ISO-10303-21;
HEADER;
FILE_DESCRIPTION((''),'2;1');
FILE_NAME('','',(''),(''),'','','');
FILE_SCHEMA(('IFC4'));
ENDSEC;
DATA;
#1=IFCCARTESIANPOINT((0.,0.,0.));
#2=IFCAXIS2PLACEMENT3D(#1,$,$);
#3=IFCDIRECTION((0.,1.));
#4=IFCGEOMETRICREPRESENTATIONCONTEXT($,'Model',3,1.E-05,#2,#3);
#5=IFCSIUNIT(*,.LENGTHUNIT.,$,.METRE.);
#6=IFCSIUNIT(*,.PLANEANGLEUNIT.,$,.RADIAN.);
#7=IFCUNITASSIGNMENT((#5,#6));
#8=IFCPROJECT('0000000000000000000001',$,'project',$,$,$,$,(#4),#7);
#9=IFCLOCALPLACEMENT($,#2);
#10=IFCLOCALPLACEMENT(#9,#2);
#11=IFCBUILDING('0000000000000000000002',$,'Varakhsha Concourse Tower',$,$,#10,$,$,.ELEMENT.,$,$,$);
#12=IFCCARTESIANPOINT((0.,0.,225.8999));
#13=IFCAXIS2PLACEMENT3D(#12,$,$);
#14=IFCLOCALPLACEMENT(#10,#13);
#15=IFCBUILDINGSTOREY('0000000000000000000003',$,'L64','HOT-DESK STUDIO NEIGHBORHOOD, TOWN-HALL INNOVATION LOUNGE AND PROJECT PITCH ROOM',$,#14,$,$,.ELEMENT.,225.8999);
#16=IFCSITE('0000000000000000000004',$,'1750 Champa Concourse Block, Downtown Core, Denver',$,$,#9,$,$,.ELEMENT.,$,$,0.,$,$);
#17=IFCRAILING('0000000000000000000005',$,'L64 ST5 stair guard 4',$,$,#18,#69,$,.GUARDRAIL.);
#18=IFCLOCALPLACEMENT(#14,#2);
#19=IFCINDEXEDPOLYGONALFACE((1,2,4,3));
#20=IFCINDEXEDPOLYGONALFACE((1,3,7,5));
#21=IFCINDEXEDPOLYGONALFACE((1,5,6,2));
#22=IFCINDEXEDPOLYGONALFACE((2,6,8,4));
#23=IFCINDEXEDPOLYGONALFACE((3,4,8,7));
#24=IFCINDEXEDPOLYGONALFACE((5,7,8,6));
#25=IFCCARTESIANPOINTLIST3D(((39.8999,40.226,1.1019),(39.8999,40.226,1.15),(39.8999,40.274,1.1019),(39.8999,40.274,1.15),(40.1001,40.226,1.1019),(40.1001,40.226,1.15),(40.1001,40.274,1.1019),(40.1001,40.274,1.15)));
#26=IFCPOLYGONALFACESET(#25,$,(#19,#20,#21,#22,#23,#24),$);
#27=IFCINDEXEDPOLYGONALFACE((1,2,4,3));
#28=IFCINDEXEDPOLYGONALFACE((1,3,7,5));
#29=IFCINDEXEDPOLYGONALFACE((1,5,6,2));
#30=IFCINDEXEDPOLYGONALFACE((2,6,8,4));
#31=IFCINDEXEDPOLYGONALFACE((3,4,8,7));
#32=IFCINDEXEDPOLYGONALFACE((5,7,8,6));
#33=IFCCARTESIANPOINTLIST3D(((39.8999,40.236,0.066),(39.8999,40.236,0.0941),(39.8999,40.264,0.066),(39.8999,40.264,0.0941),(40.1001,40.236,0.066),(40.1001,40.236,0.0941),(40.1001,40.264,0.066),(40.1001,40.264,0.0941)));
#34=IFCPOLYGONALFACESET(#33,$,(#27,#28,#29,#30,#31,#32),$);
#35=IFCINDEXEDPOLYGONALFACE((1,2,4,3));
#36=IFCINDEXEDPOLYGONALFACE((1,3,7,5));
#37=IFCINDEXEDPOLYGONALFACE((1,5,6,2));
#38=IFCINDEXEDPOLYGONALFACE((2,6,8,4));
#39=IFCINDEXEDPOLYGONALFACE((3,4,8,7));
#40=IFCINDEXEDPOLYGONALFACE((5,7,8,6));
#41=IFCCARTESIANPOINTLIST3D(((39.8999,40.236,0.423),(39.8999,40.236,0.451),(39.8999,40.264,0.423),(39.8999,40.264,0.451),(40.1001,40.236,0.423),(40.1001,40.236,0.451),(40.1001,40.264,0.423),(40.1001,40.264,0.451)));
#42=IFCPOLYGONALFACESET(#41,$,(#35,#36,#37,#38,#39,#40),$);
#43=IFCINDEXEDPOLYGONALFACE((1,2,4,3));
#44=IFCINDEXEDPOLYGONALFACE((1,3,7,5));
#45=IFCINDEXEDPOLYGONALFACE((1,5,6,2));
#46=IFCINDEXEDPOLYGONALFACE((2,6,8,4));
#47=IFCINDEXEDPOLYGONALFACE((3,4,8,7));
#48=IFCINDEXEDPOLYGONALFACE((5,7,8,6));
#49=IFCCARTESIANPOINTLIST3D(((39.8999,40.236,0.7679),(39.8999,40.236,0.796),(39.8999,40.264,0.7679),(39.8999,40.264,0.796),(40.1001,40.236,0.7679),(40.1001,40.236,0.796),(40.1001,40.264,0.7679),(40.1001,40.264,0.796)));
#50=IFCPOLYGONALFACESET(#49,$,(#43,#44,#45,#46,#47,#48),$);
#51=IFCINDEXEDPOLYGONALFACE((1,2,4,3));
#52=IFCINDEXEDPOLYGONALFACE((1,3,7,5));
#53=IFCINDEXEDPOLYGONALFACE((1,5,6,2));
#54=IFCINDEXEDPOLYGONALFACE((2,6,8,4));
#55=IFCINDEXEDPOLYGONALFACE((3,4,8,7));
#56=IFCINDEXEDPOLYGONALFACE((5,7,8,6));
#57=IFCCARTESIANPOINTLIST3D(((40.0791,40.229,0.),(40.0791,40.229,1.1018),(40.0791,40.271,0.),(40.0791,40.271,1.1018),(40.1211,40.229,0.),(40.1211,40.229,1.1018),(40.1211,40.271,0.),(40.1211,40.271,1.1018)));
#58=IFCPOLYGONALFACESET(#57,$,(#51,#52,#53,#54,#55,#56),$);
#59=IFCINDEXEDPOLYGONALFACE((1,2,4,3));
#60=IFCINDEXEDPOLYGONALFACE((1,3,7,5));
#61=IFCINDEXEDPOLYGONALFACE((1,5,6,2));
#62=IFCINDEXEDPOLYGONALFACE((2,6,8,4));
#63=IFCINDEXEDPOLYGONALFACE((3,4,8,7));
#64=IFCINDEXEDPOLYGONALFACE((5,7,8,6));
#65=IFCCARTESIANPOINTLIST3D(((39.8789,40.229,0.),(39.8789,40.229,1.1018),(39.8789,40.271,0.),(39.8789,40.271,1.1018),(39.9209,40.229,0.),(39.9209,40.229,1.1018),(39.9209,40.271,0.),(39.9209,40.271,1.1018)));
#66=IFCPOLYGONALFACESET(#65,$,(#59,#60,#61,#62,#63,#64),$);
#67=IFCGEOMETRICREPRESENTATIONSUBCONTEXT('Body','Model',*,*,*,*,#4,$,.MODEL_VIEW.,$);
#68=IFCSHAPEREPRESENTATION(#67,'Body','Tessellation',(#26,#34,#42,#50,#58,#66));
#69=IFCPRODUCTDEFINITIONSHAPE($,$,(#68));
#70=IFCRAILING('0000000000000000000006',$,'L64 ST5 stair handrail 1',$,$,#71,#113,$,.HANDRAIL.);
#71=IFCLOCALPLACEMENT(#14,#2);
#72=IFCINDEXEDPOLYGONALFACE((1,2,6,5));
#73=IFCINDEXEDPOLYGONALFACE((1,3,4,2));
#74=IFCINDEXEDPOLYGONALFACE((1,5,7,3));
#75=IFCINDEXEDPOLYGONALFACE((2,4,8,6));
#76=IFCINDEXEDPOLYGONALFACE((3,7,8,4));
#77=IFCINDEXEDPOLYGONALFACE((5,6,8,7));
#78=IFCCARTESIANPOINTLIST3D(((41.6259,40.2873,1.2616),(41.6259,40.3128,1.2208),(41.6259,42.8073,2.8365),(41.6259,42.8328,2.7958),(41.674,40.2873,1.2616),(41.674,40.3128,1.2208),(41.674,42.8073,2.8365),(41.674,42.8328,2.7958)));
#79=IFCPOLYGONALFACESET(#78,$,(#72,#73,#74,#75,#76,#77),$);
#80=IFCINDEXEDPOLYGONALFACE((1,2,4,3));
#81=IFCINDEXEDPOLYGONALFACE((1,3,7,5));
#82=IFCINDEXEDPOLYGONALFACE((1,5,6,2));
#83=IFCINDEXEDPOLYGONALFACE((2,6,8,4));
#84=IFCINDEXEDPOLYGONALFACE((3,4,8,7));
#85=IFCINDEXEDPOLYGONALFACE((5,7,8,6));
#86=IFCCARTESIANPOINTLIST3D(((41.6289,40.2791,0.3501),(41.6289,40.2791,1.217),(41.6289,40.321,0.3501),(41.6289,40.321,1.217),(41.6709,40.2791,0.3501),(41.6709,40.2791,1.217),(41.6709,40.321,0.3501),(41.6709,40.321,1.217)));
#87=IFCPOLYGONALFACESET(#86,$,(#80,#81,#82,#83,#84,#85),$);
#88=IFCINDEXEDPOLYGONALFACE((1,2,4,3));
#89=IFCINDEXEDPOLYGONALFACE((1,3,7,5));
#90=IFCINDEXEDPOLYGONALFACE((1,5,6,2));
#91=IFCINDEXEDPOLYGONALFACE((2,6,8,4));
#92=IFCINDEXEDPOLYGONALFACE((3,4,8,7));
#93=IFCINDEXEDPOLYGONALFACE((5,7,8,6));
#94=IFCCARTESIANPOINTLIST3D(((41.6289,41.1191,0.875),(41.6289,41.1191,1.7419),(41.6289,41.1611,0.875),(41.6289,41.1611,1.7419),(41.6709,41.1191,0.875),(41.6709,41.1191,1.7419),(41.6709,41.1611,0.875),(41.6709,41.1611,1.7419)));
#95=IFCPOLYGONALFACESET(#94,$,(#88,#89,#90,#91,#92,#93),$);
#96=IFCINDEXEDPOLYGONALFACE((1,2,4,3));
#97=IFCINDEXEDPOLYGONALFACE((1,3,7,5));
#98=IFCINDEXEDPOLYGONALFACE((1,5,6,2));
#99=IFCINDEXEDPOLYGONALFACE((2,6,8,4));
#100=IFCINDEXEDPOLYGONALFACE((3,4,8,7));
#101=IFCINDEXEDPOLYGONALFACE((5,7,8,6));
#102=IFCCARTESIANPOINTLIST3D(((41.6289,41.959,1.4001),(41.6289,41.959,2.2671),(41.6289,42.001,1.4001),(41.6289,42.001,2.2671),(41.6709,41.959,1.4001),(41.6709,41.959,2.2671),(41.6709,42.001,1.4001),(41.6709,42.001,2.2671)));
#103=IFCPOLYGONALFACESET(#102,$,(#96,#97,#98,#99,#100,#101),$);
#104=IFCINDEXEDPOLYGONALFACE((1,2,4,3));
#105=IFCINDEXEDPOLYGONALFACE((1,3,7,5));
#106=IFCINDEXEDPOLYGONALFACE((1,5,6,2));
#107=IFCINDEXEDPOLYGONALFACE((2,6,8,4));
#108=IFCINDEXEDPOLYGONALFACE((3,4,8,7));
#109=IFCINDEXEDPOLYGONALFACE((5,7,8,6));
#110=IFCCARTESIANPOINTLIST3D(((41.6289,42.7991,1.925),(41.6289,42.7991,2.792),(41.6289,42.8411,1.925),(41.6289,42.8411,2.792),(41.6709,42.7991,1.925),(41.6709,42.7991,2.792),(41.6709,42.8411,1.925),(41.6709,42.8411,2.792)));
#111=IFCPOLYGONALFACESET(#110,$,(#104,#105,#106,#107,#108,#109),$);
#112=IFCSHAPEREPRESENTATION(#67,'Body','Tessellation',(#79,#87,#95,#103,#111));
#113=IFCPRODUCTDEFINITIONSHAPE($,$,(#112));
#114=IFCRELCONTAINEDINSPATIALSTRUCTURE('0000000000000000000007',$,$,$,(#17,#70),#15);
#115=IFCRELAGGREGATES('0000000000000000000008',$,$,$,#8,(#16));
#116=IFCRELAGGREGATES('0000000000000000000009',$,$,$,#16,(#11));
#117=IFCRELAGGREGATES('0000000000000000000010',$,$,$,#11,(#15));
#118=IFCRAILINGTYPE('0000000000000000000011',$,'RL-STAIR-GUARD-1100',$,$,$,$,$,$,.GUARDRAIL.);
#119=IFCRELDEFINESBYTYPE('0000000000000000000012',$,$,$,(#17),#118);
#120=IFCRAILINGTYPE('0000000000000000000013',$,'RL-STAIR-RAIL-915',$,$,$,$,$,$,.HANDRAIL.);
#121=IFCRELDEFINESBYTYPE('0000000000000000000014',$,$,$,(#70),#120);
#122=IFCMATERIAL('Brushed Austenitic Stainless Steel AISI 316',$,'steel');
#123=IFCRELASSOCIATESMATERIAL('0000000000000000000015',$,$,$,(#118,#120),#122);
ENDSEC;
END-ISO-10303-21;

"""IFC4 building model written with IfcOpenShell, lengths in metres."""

from ifc_helpers import new_model, si_unit, direction, frame, origin, origin_2d, place, context, subcontext, project, spatial, rectangle, extrude, material, type_object, element, save


model = new_model("IFC4")

# Units and contexts
model_context = context("Model", 3, precision=1e-05, world=origin(), true_north=direction((0.0, 1.0)))
body_context = subcontext(model_context, "Body", "Model", "MODEL_VIEW")
ifc_project = project(units=[si_unit("LENGTHUNIT", "METRE"), si_unit("PLANEANGLEUNIT", "RADIAN")], contexts=[model_context])

# Site, building, storey
site_placement = place(None, origin())
site = spatial("IfcSite", under=ifc_project, at=site_placement, Name="1750 Champa Concourse Block, Downtown Core, Denver", CompositionType="ELEMENT", RefElevation=0.0)
building_placement = place(site_placement, origin())
building = spatial("IfcBuilding", under=site, at=building_placement, Name="Varakhsha Concourse Tower", CompositionType="ELEMENT")
storey_placement = place(building_placement, frame((0.0, 0.0, 225.8999)))
storey = spatial("IfcBuildingStorey", under=building, at=storey_placement, Name="L64", Description="HOT-DESK STUDIO NEIGHBORHOOD, TOWN-HALL INNOVATION LOUNGE AND PROJECT PITCH ROOM", CompositionType="ELEMENT", Elevation=225.8999)

# Railings
ifc_material_1 = material(Name="Brushed Austenitic Stainless Steel AISI 316", Category="steel")
railing_type_1 = type_object("IfcRailingType", Name="RL-STAIR-GUARD-1100", PredefinedType="GUARDRAIL", material=ifc_material_1)
railing_1_placement = place(storey_placement, frame((40.1001, 40.25, 0.0)))
element("IfcRailing", 1, at=railing_1_placement, inside=storey, type_object=railing_type_1, Name="L64 ST5 stair guard 4", PredefinedType="GUARDRAIL", context=body_context, shape_type="SweptSolid", body=[
    extrude(rectangle(XDim=0.0481, YDim=0.0481, at=origin_2d()), frame((0.0, 0.0, 1.126), z_axis=(-1.0, 0.0, 0.0), x_axis=(0.0, -1.0, 0.0)), (0.0, 0.0, 1.0), 0.2002),
    extrude(rectangle(XDim=0.0281, YDim=0.0281, at=origin_2d()), frame((0.0, 0.0, 0.0801), z_axis=(-1.0, 0.0, 0.0), x_axis=(0.0, -1.0, 0.0)), (0.0, 0.0, 1.0), 0.2002),
    extrude(rectangle(XDim=0.0281, YDim=0.0281, at=origin_2d()), frame((0.0, 0.0, 0.437), z_axis=(-1.0, 0.0, 0.0), x_axis=(0.0, -1.0, 0.0)), (0.0, 0.0, 1.0), 0.2002),
    extrude(rectangle(XDim=0.0281, YDim=0.0281, at=origin_2d()), frame((0.0, 0.0, 0.782), z_axis=(-1.0, 0.0, 0.0), x_axis=(0.0, -1.0, 0.0)), (0.0, 0.0, 1.0), 0.2002),
    extrude(rectangle(XDim=0.042, YDim=0.042, at=origin_2d()), origin(), (0.0, 0.0, 1.0), 1.1018),
    extrude(rectangle(XDim=0.042, YDim=0.042, at=origin_2d()), frame((-0.2002, 0.0, 0.0)), (0.0, 0.0, 1.0), 1.1018),
])
railing_type_2 = type_object("IfcRailingType", Name="RL-STAIR-RAIL-915", PredefinedType="HANDRAIL", material=ifc_material_1)
railing_2_placement = place(storey_placement, frame((41.6499, 40.3, 0.3501)))
element("IfcRailing", 2, at=railing_2_placement, inside=storey, type_object=railing_type_2, Name="L64 ST5 stair handrail 1", PredefinedType="HANDRAIL", context=body_context, shape_type="SweptSolid", body=[
    extrude(rectangle(XDim=0.0481, YDim=0.0481, at=origin_2d()), frame((0.0, 0.0, 0.8911), z_axis=(0.0, 0.848008, 0.529984), x_axis=(-1.0, 0.0, 0.0)), (0.0, 0.0, 1.0), 2.9717),
    extrude(rectangle(XDim=0.042, YDim=0.042, at=origin_2d()), origin(), (0.0, 0.0, 1.0), 0.8669),
    extrude(rectangle(XDim=0.042, YDim=0.042, at=origin_2d()), frame((0.0, 0.8401, 0.5249)), (0.0, 0.0, 1.0), 0.8669),
    extrude(rectangle(XDim=0.042, YDim=0.042, at=origin_2d()), frame((0.0, 1.6799, 1.05)), (0.0, 0.0, 1.0), 0.8669),
    extrude(rectangle(XDim=0.042, YDim=0.042, at=origin_2d()), frame((0.0, 2.52, 1.575)), (0.0, 0.0, 1.0), 0.8669),
])

save(model, "model.ifc")
